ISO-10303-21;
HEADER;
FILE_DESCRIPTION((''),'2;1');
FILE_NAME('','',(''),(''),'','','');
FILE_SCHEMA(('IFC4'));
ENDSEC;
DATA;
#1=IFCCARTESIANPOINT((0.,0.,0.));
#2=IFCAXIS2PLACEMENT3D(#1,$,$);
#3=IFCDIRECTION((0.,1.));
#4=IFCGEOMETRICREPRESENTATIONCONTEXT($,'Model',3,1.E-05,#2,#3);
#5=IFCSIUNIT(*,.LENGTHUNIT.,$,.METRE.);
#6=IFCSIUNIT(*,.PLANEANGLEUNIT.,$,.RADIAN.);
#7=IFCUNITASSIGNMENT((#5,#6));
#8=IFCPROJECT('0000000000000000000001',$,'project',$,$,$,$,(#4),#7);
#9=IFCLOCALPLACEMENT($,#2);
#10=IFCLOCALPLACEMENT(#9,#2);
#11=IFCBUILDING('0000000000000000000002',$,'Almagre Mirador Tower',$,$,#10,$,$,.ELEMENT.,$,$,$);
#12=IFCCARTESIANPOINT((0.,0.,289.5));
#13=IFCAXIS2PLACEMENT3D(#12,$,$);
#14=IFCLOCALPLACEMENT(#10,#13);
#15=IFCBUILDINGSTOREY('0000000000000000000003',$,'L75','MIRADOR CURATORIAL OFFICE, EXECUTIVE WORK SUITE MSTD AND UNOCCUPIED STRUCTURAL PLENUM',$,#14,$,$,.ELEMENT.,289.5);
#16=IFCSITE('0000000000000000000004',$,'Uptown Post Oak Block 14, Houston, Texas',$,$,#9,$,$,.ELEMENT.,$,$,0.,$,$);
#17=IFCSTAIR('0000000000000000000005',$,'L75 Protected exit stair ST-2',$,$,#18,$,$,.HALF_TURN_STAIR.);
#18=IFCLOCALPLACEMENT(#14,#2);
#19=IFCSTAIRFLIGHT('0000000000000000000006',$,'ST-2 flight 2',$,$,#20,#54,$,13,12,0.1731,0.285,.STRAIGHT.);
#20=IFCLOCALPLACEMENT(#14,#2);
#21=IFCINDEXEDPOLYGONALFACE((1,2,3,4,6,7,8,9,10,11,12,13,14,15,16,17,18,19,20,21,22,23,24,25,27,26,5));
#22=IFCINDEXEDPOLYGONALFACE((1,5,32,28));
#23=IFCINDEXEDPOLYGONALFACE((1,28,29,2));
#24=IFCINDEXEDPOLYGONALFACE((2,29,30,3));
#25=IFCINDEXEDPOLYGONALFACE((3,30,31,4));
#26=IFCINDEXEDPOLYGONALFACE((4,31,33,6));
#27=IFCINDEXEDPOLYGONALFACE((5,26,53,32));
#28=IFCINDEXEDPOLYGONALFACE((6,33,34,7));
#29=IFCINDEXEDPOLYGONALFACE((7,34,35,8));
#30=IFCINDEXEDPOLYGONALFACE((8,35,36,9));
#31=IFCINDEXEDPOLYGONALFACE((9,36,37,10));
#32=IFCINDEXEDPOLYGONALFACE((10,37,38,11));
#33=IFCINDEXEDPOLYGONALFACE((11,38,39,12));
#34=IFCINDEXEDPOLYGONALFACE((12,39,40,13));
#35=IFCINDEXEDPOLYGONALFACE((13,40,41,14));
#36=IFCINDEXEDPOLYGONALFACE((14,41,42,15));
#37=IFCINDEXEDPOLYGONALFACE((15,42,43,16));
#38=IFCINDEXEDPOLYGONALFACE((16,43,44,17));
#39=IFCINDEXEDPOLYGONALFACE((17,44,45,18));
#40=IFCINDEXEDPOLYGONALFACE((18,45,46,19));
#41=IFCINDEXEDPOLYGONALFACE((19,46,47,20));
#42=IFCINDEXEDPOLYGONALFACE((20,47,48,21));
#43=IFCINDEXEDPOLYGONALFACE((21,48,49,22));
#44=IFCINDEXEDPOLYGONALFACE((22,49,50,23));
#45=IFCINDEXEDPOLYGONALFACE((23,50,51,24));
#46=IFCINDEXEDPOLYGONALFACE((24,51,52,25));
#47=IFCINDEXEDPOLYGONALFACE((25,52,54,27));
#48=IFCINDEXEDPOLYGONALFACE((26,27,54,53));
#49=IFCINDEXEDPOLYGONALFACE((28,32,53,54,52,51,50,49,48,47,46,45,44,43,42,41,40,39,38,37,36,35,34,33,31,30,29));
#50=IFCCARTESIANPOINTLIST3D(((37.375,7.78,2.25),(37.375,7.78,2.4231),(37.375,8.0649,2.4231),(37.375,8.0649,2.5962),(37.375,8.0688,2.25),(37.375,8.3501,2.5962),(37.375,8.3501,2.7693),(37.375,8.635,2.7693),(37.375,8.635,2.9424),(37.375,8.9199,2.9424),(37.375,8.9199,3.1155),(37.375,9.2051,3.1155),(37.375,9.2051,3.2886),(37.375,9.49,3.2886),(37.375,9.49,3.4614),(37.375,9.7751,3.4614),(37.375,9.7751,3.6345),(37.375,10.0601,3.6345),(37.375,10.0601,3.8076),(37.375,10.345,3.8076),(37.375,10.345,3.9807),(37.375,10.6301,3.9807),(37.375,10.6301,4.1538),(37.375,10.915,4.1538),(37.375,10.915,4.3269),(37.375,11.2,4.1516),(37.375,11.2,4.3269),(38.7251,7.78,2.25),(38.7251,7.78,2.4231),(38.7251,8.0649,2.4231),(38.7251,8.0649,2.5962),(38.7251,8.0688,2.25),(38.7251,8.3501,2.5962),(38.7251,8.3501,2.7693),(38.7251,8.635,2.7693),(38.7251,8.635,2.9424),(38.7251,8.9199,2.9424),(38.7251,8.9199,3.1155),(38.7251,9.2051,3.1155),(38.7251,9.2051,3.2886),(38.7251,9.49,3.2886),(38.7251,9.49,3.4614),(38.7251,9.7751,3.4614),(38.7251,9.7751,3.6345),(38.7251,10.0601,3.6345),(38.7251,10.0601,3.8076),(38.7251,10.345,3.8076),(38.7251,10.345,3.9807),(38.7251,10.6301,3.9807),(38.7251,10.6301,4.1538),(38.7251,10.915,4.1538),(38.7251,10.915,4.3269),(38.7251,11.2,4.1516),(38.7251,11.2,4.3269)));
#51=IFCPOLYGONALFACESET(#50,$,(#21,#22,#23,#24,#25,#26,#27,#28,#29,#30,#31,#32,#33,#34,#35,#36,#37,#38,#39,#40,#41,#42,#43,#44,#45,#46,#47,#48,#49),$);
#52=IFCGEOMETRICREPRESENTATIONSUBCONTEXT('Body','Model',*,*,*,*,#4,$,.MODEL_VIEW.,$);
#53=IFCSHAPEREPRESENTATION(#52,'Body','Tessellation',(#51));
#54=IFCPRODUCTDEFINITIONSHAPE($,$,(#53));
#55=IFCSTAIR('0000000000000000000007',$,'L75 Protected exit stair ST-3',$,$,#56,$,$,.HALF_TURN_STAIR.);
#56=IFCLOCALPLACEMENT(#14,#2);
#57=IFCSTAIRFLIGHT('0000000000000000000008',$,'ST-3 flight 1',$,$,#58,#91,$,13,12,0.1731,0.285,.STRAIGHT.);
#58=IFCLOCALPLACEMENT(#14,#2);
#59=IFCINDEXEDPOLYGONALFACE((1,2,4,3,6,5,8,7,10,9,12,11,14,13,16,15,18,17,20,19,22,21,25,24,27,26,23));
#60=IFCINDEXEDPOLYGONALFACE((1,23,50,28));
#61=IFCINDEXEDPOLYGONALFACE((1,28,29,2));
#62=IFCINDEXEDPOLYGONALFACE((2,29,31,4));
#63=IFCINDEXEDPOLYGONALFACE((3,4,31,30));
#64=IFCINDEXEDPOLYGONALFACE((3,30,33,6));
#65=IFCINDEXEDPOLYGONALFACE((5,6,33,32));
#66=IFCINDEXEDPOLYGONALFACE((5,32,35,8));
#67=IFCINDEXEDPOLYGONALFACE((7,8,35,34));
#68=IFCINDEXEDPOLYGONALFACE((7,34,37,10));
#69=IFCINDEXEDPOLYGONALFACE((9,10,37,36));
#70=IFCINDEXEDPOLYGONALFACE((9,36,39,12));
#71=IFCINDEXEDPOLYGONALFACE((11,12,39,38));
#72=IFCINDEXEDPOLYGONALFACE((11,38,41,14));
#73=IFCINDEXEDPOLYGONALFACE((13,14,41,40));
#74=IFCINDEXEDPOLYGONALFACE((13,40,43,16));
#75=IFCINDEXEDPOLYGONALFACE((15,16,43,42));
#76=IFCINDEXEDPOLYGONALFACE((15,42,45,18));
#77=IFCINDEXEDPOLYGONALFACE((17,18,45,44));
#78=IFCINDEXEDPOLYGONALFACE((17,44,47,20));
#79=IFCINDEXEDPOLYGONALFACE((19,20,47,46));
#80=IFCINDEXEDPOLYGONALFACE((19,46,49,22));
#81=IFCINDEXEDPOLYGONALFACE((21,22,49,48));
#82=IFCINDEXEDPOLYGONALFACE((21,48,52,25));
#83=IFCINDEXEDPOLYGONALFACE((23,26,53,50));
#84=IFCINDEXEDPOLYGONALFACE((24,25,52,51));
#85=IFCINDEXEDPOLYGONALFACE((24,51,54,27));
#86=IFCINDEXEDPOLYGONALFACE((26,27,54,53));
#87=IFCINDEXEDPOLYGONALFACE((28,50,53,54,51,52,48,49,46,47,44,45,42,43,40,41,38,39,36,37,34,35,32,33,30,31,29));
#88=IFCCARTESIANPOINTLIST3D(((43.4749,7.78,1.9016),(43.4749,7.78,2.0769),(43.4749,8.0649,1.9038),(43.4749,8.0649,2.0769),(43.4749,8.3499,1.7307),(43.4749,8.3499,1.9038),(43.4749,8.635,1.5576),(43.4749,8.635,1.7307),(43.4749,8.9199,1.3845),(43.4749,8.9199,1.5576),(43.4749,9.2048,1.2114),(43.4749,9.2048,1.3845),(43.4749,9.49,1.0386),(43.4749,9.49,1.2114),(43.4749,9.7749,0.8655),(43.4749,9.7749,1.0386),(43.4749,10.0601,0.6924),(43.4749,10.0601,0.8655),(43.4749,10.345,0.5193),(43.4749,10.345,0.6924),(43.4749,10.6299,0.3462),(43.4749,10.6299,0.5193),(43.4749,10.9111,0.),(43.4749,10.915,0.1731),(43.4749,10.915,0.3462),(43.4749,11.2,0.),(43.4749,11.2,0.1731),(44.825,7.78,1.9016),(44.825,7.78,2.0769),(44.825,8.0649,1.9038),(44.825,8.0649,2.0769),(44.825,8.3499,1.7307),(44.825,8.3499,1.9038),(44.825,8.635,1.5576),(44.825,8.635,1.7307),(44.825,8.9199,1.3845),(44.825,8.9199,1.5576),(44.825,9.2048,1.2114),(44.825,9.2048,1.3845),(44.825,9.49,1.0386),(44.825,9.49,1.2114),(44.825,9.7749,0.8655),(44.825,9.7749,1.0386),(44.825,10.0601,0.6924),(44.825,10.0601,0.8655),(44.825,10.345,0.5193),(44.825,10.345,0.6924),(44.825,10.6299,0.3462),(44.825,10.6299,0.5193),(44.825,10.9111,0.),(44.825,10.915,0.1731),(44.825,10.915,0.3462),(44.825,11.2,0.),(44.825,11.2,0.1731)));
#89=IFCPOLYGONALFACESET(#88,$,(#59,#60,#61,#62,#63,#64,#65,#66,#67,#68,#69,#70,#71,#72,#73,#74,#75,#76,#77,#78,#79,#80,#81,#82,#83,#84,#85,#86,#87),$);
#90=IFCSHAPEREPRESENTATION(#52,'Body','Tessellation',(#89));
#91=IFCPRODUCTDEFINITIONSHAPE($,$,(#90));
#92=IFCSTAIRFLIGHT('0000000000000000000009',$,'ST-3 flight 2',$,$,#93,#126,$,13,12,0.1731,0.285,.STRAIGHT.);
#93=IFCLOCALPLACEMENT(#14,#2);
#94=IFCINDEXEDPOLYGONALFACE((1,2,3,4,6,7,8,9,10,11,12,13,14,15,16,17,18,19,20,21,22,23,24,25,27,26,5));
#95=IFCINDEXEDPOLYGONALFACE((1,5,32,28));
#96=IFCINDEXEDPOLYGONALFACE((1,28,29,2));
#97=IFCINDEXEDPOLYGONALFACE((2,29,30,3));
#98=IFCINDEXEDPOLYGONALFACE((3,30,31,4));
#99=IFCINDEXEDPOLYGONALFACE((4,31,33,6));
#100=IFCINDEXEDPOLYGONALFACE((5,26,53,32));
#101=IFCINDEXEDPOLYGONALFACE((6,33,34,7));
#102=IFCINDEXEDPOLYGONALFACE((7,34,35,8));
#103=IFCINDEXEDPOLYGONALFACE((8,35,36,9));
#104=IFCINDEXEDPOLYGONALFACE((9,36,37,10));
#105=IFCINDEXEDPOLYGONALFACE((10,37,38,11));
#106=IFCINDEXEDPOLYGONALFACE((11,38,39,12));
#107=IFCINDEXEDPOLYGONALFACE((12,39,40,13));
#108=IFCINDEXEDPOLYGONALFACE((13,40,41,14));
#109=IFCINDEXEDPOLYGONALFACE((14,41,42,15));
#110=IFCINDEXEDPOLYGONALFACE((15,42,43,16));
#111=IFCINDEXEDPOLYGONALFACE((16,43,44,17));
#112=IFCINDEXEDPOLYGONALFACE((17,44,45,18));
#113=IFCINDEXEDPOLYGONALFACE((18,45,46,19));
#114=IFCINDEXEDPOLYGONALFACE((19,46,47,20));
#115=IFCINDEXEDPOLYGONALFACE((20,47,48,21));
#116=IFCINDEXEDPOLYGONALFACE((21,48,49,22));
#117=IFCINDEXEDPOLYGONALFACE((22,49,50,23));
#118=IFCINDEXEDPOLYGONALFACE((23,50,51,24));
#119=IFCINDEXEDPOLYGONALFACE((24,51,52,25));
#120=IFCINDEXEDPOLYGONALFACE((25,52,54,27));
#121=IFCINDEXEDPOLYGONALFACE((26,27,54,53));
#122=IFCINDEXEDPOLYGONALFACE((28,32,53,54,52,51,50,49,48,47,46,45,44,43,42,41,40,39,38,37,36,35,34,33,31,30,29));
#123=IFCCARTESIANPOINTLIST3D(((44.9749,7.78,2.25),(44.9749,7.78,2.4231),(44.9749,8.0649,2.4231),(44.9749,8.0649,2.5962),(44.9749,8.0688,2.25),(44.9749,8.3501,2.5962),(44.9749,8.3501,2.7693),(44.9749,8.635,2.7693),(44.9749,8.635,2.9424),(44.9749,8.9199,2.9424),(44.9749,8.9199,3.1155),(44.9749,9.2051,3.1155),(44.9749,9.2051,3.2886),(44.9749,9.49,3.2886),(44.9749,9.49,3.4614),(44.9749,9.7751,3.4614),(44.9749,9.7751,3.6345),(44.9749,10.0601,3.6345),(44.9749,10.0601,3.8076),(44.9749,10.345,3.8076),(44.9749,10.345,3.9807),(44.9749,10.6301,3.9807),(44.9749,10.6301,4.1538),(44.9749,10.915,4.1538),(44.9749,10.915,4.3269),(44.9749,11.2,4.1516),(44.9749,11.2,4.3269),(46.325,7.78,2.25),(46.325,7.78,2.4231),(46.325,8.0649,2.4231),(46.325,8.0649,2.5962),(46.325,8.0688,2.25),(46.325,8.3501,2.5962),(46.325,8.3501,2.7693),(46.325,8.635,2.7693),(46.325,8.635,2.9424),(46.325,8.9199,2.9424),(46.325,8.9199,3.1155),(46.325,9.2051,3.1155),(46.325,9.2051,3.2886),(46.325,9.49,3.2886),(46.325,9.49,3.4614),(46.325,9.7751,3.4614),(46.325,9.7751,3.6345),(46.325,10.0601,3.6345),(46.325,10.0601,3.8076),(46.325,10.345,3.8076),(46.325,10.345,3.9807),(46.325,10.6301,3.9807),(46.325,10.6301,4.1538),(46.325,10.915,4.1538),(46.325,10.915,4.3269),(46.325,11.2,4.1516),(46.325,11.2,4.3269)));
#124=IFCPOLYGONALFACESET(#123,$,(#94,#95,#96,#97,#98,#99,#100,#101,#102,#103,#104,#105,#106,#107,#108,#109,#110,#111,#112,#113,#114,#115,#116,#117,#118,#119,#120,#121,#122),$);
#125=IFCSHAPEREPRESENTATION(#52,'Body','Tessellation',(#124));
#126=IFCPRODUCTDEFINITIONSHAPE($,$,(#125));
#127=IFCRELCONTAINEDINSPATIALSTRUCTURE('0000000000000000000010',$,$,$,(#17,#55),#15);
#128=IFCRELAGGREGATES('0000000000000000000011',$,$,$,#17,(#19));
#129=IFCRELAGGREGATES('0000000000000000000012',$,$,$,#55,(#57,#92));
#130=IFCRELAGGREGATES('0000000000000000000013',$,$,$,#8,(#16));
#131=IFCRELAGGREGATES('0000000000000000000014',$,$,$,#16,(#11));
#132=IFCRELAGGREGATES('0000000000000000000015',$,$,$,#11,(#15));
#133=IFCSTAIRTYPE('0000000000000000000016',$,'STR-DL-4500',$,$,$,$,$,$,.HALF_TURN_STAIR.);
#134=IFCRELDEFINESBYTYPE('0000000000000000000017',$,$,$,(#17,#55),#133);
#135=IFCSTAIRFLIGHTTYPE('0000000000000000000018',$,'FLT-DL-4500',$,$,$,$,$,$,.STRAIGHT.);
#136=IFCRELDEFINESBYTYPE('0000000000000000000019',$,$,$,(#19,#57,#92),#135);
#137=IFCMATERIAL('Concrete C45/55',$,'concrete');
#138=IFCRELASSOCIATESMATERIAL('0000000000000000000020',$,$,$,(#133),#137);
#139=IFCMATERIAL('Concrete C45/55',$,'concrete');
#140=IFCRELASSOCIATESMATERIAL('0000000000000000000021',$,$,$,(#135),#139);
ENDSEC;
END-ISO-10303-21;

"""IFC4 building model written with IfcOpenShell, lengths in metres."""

from ifc_helpers import new_model, si_unit, direction, frame, origin, place, context, subcontext, project, spatial, polyline, outline, extrude, material, type_object, element, aggregate, save


model = new_model("IFC4")

# Units and contexts
model_context = context("Model", 3, precision=1e-05, world=origin(), true_north=direction((0.0, 1.0)))
body_context = subcontext(model_context, "Body", "Model", "MODEL_VIEW")
ifc_project = project(units=[si_unit("LENGTHUNIT", "METRE"), si_unit("PLANEANGLEUNIT", "RADIAN")], contexts=[model_context])

# Site, building, storey
site_placement = place(None, origin())
site = spatial("IfcSite", under=ifc_project, at=site_placement, Name="Uptown Post Oak Block 14, Houston, Texas", CompositionType="ELEMENT", RefElevation=0.0)
building_placement = place(site_placement, origin())
building = spatial("IfcBuilding", under=site, at=building_placement, Name="Almagre Mirador Tower", CompositionType="ELEMENT")
storey_placement = place(building_placement, frame((0.0, 0.0, 289.5)))
storey = spatial("IfcBuildingStorey", under=building, at=storey_placement, Name="L75", Description="MIRADOR CURATORIAL OFFICE, EXECUTIVE WORK SUITE MSTD AND UNOCCUPIED STRUCTURAL PLENUM", CompositionType="ELEMENT", Elevation=289.5)

# Stairs, stair flights
ifc_material_1 = material(Name="Concrete C45/55", Category="concrete")
stair_type = type_object("IfcStairType", Name="STR-DL-4500", PredefinedType="HALF_TURN_STAIR", material=ifc_material_1)
stair_1_placement = place(storey_placement, origin())
stair_1 = element("IfcStair", 1, at=stair_1_placement, inside=storey, type_object=stair_type, Name="L75 Protected exit stair ST-2", PredefinedType="HALF_TURN_STAIR")
ifc_material_2 = material(Name="Concrete C45/55", Category="concrete")
stair_flight_type = type_object("IfcStairFlightType", Name="FLT-DL-4500", PredefinedType="STRAIGHT", material=ifc_material_2)
stair_flight_1_placement = place(storey_placement, frame((38.05, 7.78, 2.25), z_axis=(0.0, 0.0, 1.0), x_axis=(0.0, 1.0, 0.0)))
stair_flight_1 = element("IfcStairFlight", 2, at=stair_flight_1_placement, type_object=stair_flight_type, Name="ST-2 flight 2", NumberOfRisers=13, NumberOfTreads=12, PredefinedType="STRAIGHT", RiserHeight=0.1731, TreadLength=0.285, context=body_context, shape_type="SweptSolid", body=[
    extrude(outline(polyline([(0.0, 0.0), (0.0, 0.1731), (0.2849, 0.1731), (0.2849, 0.3462), (0.5701, 0.3462), (0.5701, 0.5193), (0.855, 0.5193), (0.855, 0.6924), (1.1399, 0.6924), (1.1399, 0.8655), (1.425, 0.8655), (1.425, 1.0386), (1.71, 1.0386), (1.71, 1.2114), (1.9951, 1.2114), (1.9951, 1.3845), (2.28, 1.3845), (2.28, 1.5576), (2.5649, 1.5576), (2.5649, 1.7307), (2.8501, 1.7307), (2.8501, 1.9038), (3.135, 1.9038), (3.135, 2.0769), (3.4199, 2.0769), (3.4199, 2.25), (3.4199, 1.9016), (0.2888, 0.0), (0.0, 0.0)])), frame((0.0, 0.675, 0.0), z_axis=(0.0, -1.0, 0.0), x_axis=(1.0, 0.0, 0.0)), (0.0, 0.0, 1.0), 1.3501),
])
aggregate(stair_1, [stair_flight_1])
stair_2_placement = place(storey_placement, origin())
stair_2 = element("IfcStair", 3, at=stair_2_placement, inside=storey, type_object=stair_type, Name="L75 Protected exit stair ST-3", PredefinedType="HALF_TURN_STAIR")
stair_flight_2_placement = place(storey_placement, frame((44.1499, 11.2, 0.0), z_axis=(0.0, 0.0, 1.0), x_axis=(0.0, -1.0, 0.0)))
stair_flight_2 = element("IfcStairFlight", 4, at=stair_flight_2_placement, type_object=stair_flight_type, Name="ST-3 flight 1", NumberOfRisers=13, NumberOfTreads=12, PredefinedType="STRAIGHT", RiserHeight=0.1731, TreadLength=0.285, context=body_context, shape_type="SweptSolid", body=[
    extrude(outline(polyline([(0.0, 0.0), (0.0, 0.1731), (0.2849, 0.1731), (0.2849, 0.3462), (0.5701, 0.3462), (0.5701, 0.5193), (0.855, 0.5193), (0.855, 0.6924), (1.1399, 0.6924), (1.1399, 0.8655), (1.425, 0.8655), (1.425, 1.0386), (1.71, 1.0386), (1.71, 1.2114), (1.9951, 1.2114), (1.9951, 1.3845), (2.28, 1.3845), (2.28, 1.5576), (2.5649, 1.5576), (2.5649, 1.7307), (2.8501, 1.7307), (2.8501, 1.9038), (3.135, 1.9038), (3.135, 2.0769), (3.4199, 2.0769), (3.4199, 2.25), (3.4199, 1.9016), (0.2888, 0.0), (0.0, 0.0)])), frame((0.0, 0.675, 0.0), z_axis=(0.0, -1.0, 0.0), x_axis=(1.0, 0.0, 0.0)), (0.0, 0.0, 1.0), 1.3501),
])
stair_flight_3_placement = place(storey_placement, frame((45.6499, 7.78, 2.25), z_axis=(0.0, 0.0, 1.0), x_axis=(0.0, 1.0, 0.0)))
stair_flight_3 = element("IfcStairFlight", 5, at=stair_flight_3_placement, type_object=stair_flight_type, Name="ST-3 flight 2", NumberOfRisers=13, NumberOfTreads=12, PredefinedType="STRAIGHT", RiserHeight=0.1731, TreadLength=0.285, context=body_context, shape_type="SweptSolid", body=[
    extrude(outline(polyline([(0.0, 0.0), (0.0, 0.1731), (0.2849, 0.1731), (0.2849, 0.3462), (0.5701, 0.3462), (0.5701, 0.5193), (0.855, 0.5193), (0.855, 0.6924), (1.1399, 0.6924), (1.1399, 0.8655), (1.425, 0.8655), (1.425, 1.0386), (1.71, 1.0386), (1.71, 1.2114), (1.9951, 1.2114), (1.9951, 1.3845), (2.28, 1.3845), (2.28, 1.5576), (2.5649, 1.5576), (2.5649, 1.7307), (2.8501, 1.7307), (2.8501, 1.9038), (3.135, 1.9038), (3.135, 2.0769), (3.4199, 2.0769), (3.4199, 2.25), (3.4199, 1.9016), (0.2888, 0.0), (0.0, 0.0)])), frame((0.0, 0.675, 0.0), z_axis=(0.0, -1.0, 0.0), x_axis=(1.0, 0.0, 0.0)), (0.0, 0.0, 1.0), 1.3501),
])
aggregate(stair_2, [stair_flight_2, stair_flight_3])

save(model, "model.ifc")
